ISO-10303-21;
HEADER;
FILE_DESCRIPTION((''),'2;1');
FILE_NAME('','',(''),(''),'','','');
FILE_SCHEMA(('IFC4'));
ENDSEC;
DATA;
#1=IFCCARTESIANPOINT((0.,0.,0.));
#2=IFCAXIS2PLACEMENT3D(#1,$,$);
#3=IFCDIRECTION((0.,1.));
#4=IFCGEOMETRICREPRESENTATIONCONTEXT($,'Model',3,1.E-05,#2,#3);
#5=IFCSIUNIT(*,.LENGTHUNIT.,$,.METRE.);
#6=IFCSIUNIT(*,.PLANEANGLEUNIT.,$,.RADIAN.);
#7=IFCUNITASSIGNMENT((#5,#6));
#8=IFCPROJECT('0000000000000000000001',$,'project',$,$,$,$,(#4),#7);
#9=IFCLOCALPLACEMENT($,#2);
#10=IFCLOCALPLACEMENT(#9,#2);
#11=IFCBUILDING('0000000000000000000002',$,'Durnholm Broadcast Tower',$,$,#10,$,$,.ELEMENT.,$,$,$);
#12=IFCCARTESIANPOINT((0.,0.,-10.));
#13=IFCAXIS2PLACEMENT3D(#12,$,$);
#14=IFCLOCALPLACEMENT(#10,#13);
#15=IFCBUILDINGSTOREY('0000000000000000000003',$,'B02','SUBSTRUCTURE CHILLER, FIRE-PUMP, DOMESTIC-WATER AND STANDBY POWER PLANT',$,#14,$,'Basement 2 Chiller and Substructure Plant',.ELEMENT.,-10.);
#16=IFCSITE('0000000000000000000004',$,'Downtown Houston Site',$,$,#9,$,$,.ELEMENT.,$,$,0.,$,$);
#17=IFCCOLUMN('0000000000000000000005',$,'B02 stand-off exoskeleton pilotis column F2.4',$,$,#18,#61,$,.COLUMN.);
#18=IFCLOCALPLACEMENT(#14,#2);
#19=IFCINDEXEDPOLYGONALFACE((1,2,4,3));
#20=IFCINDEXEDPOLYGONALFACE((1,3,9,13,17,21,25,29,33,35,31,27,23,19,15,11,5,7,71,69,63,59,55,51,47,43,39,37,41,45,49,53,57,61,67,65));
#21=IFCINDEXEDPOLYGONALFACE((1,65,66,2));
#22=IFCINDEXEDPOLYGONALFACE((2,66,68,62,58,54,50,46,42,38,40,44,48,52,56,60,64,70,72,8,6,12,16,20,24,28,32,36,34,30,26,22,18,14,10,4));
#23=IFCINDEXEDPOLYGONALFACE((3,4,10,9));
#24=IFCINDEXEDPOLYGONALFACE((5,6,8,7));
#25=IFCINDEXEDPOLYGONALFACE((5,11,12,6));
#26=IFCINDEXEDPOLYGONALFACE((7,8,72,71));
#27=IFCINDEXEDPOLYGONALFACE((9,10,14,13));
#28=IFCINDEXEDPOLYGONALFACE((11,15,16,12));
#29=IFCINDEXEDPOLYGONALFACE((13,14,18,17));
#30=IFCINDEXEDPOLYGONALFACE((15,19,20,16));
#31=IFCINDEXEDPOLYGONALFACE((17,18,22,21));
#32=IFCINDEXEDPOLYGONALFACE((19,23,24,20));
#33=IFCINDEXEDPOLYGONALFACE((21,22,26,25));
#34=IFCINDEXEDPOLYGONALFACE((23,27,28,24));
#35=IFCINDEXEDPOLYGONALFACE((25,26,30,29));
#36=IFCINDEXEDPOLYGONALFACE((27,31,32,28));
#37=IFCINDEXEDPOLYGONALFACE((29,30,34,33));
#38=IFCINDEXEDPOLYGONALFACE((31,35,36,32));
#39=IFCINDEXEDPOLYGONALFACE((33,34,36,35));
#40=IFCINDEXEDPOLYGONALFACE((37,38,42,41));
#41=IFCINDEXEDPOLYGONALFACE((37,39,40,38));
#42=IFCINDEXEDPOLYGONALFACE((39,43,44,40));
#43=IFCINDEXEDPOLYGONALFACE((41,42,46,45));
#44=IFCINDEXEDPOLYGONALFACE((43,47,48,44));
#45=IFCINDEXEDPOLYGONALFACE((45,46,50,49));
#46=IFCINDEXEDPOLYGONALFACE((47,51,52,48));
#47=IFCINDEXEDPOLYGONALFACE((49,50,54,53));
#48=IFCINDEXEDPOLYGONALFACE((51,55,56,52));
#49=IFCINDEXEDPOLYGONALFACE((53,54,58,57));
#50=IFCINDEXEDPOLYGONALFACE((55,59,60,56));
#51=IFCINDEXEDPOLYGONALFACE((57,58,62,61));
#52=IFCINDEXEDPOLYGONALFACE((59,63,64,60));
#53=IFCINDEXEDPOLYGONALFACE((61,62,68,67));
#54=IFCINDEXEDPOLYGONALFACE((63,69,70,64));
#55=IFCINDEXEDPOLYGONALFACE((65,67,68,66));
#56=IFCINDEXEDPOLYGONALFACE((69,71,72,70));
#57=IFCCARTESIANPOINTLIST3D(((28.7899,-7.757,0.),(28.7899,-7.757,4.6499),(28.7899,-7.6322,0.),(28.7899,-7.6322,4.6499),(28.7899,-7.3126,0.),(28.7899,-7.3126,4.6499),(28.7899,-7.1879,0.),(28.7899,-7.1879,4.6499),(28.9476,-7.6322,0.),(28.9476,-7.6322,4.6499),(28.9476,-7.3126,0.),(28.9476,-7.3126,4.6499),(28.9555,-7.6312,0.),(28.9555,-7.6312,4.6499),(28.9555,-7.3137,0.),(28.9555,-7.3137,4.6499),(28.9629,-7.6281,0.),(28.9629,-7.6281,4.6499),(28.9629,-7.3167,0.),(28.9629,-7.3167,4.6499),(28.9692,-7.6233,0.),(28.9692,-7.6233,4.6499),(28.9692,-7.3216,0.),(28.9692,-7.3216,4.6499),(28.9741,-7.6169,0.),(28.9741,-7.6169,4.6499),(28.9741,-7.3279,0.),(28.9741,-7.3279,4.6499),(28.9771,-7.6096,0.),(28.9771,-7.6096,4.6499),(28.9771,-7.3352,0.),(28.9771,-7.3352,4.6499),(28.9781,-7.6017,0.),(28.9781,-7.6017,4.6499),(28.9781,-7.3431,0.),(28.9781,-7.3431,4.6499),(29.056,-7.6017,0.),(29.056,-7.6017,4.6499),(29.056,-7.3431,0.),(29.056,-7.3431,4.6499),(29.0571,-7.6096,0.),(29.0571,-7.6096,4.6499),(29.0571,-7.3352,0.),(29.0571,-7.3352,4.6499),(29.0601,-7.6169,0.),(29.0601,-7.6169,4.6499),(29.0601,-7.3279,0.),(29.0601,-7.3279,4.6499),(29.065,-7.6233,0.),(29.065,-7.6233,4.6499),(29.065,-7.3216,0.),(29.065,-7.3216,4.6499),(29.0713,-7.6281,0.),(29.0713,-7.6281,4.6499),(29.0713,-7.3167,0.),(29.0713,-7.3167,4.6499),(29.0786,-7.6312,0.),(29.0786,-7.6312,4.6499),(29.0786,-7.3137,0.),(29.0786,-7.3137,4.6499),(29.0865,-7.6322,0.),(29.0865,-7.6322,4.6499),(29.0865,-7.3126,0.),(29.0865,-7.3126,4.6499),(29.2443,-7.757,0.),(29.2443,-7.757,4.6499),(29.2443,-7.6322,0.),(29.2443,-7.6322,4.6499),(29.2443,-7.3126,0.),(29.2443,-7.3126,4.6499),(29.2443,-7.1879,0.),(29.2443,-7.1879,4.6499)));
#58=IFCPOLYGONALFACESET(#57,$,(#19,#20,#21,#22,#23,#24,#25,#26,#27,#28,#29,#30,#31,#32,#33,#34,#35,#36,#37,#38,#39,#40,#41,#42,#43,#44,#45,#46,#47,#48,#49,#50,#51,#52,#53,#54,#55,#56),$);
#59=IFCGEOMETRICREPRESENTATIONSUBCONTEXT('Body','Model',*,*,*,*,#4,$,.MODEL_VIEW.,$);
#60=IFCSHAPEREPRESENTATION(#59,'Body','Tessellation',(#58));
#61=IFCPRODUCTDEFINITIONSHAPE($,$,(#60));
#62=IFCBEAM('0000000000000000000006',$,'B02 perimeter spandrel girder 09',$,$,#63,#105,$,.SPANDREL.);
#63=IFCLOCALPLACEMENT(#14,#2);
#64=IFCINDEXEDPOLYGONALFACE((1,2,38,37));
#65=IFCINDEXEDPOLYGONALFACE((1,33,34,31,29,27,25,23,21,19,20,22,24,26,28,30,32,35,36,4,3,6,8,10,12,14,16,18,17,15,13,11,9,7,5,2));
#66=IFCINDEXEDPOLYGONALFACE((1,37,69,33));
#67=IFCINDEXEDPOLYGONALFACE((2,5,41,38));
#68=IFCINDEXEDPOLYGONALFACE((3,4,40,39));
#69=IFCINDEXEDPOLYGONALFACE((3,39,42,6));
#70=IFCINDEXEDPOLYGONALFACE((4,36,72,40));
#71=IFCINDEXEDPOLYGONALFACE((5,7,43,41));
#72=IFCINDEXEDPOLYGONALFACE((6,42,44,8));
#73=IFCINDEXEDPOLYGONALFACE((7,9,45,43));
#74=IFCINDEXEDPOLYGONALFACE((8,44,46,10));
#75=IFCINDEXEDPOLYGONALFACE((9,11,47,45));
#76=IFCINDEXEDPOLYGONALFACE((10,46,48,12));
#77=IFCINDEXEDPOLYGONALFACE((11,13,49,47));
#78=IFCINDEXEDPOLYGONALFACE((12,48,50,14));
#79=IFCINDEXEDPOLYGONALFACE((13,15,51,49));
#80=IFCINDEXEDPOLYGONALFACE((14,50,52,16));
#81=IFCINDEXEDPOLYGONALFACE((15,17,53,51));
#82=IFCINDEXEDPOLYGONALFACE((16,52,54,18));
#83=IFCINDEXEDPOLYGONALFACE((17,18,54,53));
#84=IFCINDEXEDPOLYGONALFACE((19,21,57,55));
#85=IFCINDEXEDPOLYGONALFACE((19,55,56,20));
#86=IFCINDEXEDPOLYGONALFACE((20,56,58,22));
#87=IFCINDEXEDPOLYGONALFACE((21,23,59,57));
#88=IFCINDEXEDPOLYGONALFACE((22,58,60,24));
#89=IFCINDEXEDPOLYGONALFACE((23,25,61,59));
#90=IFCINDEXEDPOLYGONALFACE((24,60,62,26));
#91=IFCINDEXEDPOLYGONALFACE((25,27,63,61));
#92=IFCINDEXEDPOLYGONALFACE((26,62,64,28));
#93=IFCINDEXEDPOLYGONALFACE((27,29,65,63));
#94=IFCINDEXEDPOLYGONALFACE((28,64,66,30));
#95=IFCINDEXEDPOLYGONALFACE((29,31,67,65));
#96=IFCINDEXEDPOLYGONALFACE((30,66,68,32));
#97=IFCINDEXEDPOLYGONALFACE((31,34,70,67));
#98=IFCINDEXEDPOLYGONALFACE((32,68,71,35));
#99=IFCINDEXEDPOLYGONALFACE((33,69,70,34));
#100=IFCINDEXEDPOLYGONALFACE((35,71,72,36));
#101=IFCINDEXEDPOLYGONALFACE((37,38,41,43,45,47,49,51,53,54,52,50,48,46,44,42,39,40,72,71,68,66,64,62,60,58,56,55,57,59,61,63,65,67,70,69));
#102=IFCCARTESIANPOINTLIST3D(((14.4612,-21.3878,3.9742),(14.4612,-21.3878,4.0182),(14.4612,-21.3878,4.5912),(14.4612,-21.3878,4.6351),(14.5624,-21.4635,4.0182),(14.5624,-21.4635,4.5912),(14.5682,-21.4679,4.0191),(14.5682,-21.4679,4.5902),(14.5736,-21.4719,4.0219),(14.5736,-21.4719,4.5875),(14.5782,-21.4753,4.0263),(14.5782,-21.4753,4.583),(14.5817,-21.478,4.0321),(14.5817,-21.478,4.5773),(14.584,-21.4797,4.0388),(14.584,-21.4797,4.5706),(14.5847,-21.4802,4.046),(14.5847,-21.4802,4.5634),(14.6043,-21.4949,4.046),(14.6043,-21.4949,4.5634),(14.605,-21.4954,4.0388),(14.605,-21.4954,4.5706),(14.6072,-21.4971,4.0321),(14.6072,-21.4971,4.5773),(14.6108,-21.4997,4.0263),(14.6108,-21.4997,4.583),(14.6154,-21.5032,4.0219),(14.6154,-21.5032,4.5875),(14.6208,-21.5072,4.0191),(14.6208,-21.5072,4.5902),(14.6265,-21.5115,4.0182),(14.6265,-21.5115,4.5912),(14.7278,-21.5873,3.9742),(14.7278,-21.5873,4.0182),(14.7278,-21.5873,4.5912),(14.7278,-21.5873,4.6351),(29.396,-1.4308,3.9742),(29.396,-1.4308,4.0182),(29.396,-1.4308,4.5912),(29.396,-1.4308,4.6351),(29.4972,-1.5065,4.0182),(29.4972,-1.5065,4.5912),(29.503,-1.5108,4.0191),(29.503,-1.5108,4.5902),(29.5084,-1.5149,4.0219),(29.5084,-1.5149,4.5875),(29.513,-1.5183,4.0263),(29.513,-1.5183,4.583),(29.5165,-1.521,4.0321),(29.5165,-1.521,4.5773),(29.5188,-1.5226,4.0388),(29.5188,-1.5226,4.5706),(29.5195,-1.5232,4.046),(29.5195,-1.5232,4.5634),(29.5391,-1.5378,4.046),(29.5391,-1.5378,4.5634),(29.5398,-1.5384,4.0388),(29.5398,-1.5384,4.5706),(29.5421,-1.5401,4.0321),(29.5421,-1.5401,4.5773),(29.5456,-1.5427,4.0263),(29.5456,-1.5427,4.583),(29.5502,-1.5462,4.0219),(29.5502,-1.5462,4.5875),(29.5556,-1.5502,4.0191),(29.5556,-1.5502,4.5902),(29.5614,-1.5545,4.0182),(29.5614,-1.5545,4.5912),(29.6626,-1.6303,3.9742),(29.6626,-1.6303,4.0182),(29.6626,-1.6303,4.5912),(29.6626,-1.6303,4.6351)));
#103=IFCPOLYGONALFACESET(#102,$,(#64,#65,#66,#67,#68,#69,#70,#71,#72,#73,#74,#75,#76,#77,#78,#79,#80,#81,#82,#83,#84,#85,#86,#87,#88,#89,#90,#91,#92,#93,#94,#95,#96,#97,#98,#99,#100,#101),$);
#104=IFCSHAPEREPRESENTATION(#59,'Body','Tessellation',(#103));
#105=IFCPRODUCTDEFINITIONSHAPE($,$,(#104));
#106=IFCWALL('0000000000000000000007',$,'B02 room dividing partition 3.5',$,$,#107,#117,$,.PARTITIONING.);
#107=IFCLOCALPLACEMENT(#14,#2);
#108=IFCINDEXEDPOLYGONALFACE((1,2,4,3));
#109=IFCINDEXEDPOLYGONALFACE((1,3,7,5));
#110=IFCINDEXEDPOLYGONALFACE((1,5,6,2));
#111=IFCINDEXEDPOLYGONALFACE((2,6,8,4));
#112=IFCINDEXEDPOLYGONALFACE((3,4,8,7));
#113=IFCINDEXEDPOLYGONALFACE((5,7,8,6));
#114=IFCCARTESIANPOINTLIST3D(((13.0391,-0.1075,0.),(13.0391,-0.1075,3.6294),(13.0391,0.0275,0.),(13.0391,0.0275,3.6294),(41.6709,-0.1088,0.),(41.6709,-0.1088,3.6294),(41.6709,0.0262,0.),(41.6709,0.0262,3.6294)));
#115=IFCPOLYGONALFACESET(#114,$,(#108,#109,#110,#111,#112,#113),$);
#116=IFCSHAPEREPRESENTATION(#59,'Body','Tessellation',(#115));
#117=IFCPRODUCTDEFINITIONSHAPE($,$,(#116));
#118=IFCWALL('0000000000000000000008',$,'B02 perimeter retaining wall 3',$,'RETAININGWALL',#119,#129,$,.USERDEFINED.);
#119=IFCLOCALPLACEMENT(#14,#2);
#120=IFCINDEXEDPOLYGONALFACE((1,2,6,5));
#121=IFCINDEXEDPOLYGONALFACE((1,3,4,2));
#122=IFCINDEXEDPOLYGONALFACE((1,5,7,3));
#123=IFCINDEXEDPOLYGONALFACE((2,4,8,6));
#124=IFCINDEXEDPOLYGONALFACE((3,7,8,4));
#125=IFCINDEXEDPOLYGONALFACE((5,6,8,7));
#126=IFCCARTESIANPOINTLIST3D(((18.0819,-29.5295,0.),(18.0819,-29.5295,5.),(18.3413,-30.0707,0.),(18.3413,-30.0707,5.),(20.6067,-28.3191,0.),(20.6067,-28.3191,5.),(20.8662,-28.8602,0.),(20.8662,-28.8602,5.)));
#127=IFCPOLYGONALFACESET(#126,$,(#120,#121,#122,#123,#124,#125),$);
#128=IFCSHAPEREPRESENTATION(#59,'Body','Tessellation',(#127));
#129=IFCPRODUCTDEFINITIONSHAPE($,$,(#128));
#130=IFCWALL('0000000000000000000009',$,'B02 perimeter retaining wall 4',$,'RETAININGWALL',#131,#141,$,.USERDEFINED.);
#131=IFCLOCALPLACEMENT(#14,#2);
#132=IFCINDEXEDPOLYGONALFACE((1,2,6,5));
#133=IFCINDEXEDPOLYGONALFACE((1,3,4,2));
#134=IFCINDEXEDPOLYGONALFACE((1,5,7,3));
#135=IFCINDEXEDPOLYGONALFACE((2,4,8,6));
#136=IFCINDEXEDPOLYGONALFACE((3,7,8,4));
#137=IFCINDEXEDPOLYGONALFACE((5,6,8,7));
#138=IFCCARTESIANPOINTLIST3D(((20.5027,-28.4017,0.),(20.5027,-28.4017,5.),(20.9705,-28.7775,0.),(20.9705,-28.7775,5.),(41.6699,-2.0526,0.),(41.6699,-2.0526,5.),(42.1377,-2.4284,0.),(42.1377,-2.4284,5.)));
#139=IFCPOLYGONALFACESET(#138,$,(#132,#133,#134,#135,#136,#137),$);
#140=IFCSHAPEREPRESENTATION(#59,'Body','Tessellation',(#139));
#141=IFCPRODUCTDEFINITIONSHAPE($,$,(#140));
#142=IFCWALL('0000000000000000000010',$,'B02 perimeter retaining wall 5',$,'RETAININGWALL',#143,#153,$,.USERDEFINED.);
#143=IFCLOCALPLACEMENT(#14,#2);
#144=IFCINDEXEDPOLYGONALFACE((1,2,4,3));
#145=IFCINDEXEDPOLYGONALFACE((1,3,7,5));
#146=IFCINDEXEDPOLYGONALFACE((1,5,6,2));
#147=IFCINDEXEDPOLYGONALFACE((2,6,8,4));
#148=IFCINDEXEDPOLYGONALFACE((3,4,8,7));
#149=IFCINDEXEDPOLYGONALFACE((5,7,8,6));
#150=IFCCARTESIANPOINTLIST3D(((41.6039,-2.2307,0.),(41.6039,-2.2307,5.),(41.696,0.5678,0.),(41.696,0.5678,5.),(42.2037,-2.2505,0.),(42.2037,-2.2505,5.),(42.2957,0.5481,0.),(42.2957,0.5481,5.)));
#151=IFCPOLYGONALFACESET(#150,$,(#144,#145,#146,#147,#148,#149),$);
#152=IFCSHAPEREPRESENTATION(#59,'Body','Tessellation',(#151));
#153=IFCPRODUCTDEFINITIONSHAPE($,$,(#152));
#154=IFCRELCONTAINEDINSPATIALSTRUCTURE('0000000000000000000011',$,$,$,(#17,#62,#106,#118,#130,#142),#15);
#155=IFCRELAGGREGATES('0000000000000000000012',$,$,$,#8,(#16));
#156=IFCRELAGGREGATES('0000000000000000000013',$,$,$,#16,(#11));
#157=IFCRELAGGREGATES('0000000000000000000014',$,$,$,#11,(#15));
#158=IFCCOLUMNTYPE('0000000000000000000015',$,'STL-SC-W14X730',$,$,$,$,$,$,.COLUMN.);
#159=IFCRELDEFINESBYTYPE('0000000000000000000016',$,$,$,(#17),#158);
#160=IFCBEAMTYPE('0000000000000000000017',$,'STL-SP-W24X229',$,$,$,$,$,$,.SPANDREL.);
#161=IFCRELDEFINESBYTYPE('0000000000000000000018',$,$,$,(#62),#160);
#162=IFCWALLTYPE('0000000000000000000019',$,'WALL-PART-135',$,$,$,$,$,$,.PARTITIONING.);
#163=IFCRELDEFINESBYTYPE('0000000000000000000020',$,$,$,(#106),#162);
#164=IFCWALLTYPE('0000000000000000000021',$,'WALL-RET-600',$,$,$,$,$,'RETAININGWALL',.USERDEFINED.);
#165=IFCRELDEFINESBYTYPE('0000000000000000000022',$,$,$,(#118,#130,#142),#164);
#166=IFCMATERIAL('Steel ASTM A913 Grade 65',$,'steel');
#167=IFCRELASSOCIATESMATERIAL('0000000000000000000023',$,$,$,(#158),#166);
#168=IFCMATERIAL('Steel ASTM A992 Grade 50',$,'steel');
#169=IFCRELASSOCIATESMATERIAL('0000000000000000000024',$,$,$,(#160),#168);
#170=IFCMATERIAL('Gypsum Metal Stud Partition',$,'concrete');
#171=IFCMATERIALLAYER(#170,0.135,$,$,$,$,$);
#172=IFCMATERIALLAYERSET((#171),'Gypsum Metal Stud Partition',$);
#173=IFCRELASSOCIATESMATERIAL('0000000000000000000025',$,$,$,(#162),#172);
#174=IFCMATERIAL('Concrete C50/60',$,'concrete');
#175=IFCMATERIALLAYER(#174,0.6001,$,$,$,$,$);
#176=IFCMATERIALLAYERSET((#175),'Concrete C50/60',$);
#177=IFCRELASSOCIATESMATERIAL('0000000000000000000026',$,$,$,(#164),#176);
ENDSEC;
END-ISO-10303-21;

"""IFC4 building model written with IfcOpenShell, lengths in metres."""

from ifc_helpers import new_model, si_unit, direction, frame, frame_2d, origin, origin_2d, place, context, subcontext, project, spatial, rectangle, i_section, extrude, source, transform, mapped, material, layer, layer_set, material_profile, profile_set, type_object, type_shapes, element, save


model = new_model("IFC4")

# Units and contexts
model_context = context("Model", 3, precision=1e-05, world=origin(), true_north=direction((0.0, 1.0)))
body_context = subcontext(model_context, "Body", "Model", "MODEL_VIEW")
ifc_project = project(units=[si_unit("LENGTHUNIT", "METRE"), si_unit("PLANEANGLEUNIT", "RADIAN")], contexts=[model_context])

# Site, building, storey
site_placement = place(None, origin())
site = spatial("IfcSite", under=ifc_project, at=site_placement, Name="Downtown Houston Site", CompositionType="ELEMENT", RefElevation=0.0)
building_placement = place(site_placement, origin())
building = spatial("IfcBuilding", under=site, at=building_placement, Name="Durnholm Broadcast Tower", CompositionType="ELEMENT")
storey_placement = place(building_placement, frame((0.0, 0.0, -10.0)))
storey = spatial("IfcBuildingStorey", under=building, at=storey_placement, Name="B02", Description="SUBSTRUCTURE CHILLER, FIRE-PUMP, DOMESTIC-WATER AND STANDBY POWER PLANT", LongName="Basement 2 Chiller and Substructure Plant", CompositionType="ELEMENT", Elevation=-10.0)

# Shared definitions
ifc_material_1 = material(Name="Concrete C50/60", Category="concrete")

# Column
ifc_material_2 = material(Name="Steel ASTM A913 Grade 65", Category="steel")
ifc_material_profile_1 = material_profile(ifc_material_2, i_section(OverallWidth=0.4543, OverallDepth=0.5691, WebThickness=0.0779, FlangeThickness=0.1248, FilletRadius=0.0305, at=origin_2d()), Name="W14X730")
ifc_profile_set_1 = profile_set([ifc_material_profile_1], Name="Steel ASTM A913 Grade 65")
column_type = type_object("IfcColumnType", Name="STL-SC-W14X730", PredefinedType="COLUMN", material=ifc_profile_set_1)
shared_shape_1 = source(origin(), body_context, "Body", "SweptSolid", [
    extrude(i_section(OverallWidth=0.4543, OverallDepth=0.5691, WebThickness=0.0779, FlangeThickness=0.1248, FilletRadius=0.0305, at=origin_2d()), origin(), (0.0, 0.0, 1.0), 4.6499),
])
type_shapes(column_type, [shared_shape_1])
for number, where, z_axis, x_axis, name in (
    (1, (29.0171, -7.4724, 0.0), (0.0, 0.0, 1.0), (1.0, 0.0, 0.0), "B02 stand-off exoskeleton pilotis column F2.4"),
):
    element("IfcColumn", number, at=place(storey_placement, frame(where, z_axis=z_axis, x_axis=x_axis)), inside=storey, type_object=column_type, Name=name, PredefinedType="COLUMN", context=body_context, shape_type="MappedRepresentation", body=[
        mapped(shared_shape_1, transform((0.0, 0.0, 0.0), x_axis=(1.0, 0.0, 0.0), y_axis=(0.0, 1.0, 0.0), z_axis=(0.0, 0.0, 1.0), scale=1.0)),
    ])

# Beam
ifc_material_3 = material(Name="Steel ASTM A992 Grade 50", Category="steel")
ifc_material_profile_2 = material_profile(ifc_material_3, i_section(OverallWidth=0.333, OverallDepth=0.6609, WebThickness=0.0244, FlangeThickness=0.0439, FilletRadius=0.0278, at=origin_2d()), Name="W24X229")
ifc_profile_set_2 = profile_set([ifc_material_profile_2], Name="Steel ASTM A992 Grade 50")
beam_type = type_object("IfcBeamType", Name="STL-SP-W24X229", PredefinedType="SPANDREL", material=ifc_profile_set_2)
shared_shape_2 = source(origin(), body_context, "Body", "SweptSolid", [
    extrude(i_section(OverallWidth=0.333, OverallDepth=0.6609, WebThickness=0.0244, FlangeThickness=0.0439, FilletRadius=0.0278, at=origin_2d()), origin(), (0.0, 0.0, 1.0), 24.9265),
])
type_shapes(beam_type, [shared_shape_2])
beam_placement = place(storey_placement, frame((29.5293, -1.5305, 4.3047), z_axis=(-0.599153, -0.800634, 0.0), x_axis=(0.800634, -0.599153, 0.0)))
element("IfcBeam", 2, at=beam_placement, inside=storey, type_object=beam_type, Name="B02 perimeter spandrel girder 09", PredefinedType="SPANDREL", context=body_context, shape_type="MappedRepresentation", body=[
    mapped(shared_shape_2, transform((0.0, 0.0, 0.0), x_axis=(1.0, 0.0, 0.0), y_axis=(0.0, 1.0, 0.0), z_axis=(0.0, 0.0, 1.0), scale=1.0)),
])

# Walls
ifc_material_4 = material(Name="Gypsum Metal Stud Partition", Category="concrete")
ifc_layer_1 = layer(ifc_material_4, 0.135)
ifc_layer_set_1 = layer_set([ifc_layer_1], Name="Gypsum Metal Stud Partition")
wall_type_1 = type_object("IfcWallType", Name="WALL-PART-135", PredefinedType="PARTITIONING", material=ifc_layer_set_1)
wall_1_placement = place(storey_placement, frame((41.6709, -0.0413, 0.0), z_axis=(0.0, 0.0, 1.0), x_axis=(-1.0, 0.000043, 0.0)))
element("IfcWall", 3, at=wall_1_placement, inside=storey, type_object=wall_type_1, Name="B02 room dividing partition 3.5", PredefinedType="PARTITIONING", context=body_context, shape_type="SweptSolid", body=[
    extrude(rectangle(XDim=28.6318, YDim=0.135, at=frame_2d((14.3159, 0.0))), origin(), (0.0, 0.0, 1.0), 3.6294),
])
ifc_layer_2 = layer(ifc_material_1, 0.6001)
ifc_layer_set_2 = layer_set([ifc_layer_2], Name="Concrete C50/60")
wall_type_2 = type_object("IfcWallType", Name="WALL-RET-600", ElementType="RETAININGWALL", PredefinedType="USERDEFINED", material=ifc_layer_set_2)
wall_2_placement = place(storey_placement, frame((18.2117, -29.8, 0.0), z_axis=(0.0, 0.0, 1.0), x_axis=(0.901732, 0.432294, 0.0)))
element("IfcWall", 4, at=wall_2_placement, inside=storey, type_object=wall_type_2, Name="B02 perimeter retaining wall 3", ObjectType="RETAININGWALL", PredefinedType="USERDEFINED", context=body_context, shape_type="SweptSolid", body=[
    extrude(rectangle(XDim=2.8, YDim=0.6001, at=frame_2d((1.3999, 0.0))), origin(), (0.0, 0.0, 1.0), 5.0),
])
wall_3_placement = place(storey_placement, frame((20.7366, -28.5896, 0.0), z_axis=(0.0, 0.0, 1.0), x_axis=(0.62628, 0.779598, 0.0)))
element("IfcWall", 5, at=wall_3_placement, inside=storey, type_object=wall_type_2, Name="B02 perimeter retaining wall 4", ObjectType="RETAININGWALL", PredefinedType="USERDEFINED", context=body_context, shape_type="SweptSolid", body=[
    extrude(rectangle(XDim=33.7983, YDim=0.6001, at=frame_2d((16.8992, 0.0))), origin(), (0.0, 0.0, 1.0), 5.0),
])
wall_4_placement = place(storey_placement, frame((41.9038, -2.2405, 0.0), z_axis=(0.0, 0.0, 1.0), x_axis=(0.032871, 0.99946, 0.0)))
element("IfcWall", 6, at=wall_4_placement, inside=storey, type_object=wall_type_2, Name="B02 perimeter retaining wall 5", ObjectType="RETAININGWALL", PredefinedType="USERDEFINED", context=body_context, shape_type="SweptSolid", body=[
    extrude(rectangle(XDim=2.8, YDim=0.6001, at=frame_2d((1.3999, 0.0))), origin(), (0.0, 0.0, 1.0), 5.0),
])

save(model, "model.ifc")
